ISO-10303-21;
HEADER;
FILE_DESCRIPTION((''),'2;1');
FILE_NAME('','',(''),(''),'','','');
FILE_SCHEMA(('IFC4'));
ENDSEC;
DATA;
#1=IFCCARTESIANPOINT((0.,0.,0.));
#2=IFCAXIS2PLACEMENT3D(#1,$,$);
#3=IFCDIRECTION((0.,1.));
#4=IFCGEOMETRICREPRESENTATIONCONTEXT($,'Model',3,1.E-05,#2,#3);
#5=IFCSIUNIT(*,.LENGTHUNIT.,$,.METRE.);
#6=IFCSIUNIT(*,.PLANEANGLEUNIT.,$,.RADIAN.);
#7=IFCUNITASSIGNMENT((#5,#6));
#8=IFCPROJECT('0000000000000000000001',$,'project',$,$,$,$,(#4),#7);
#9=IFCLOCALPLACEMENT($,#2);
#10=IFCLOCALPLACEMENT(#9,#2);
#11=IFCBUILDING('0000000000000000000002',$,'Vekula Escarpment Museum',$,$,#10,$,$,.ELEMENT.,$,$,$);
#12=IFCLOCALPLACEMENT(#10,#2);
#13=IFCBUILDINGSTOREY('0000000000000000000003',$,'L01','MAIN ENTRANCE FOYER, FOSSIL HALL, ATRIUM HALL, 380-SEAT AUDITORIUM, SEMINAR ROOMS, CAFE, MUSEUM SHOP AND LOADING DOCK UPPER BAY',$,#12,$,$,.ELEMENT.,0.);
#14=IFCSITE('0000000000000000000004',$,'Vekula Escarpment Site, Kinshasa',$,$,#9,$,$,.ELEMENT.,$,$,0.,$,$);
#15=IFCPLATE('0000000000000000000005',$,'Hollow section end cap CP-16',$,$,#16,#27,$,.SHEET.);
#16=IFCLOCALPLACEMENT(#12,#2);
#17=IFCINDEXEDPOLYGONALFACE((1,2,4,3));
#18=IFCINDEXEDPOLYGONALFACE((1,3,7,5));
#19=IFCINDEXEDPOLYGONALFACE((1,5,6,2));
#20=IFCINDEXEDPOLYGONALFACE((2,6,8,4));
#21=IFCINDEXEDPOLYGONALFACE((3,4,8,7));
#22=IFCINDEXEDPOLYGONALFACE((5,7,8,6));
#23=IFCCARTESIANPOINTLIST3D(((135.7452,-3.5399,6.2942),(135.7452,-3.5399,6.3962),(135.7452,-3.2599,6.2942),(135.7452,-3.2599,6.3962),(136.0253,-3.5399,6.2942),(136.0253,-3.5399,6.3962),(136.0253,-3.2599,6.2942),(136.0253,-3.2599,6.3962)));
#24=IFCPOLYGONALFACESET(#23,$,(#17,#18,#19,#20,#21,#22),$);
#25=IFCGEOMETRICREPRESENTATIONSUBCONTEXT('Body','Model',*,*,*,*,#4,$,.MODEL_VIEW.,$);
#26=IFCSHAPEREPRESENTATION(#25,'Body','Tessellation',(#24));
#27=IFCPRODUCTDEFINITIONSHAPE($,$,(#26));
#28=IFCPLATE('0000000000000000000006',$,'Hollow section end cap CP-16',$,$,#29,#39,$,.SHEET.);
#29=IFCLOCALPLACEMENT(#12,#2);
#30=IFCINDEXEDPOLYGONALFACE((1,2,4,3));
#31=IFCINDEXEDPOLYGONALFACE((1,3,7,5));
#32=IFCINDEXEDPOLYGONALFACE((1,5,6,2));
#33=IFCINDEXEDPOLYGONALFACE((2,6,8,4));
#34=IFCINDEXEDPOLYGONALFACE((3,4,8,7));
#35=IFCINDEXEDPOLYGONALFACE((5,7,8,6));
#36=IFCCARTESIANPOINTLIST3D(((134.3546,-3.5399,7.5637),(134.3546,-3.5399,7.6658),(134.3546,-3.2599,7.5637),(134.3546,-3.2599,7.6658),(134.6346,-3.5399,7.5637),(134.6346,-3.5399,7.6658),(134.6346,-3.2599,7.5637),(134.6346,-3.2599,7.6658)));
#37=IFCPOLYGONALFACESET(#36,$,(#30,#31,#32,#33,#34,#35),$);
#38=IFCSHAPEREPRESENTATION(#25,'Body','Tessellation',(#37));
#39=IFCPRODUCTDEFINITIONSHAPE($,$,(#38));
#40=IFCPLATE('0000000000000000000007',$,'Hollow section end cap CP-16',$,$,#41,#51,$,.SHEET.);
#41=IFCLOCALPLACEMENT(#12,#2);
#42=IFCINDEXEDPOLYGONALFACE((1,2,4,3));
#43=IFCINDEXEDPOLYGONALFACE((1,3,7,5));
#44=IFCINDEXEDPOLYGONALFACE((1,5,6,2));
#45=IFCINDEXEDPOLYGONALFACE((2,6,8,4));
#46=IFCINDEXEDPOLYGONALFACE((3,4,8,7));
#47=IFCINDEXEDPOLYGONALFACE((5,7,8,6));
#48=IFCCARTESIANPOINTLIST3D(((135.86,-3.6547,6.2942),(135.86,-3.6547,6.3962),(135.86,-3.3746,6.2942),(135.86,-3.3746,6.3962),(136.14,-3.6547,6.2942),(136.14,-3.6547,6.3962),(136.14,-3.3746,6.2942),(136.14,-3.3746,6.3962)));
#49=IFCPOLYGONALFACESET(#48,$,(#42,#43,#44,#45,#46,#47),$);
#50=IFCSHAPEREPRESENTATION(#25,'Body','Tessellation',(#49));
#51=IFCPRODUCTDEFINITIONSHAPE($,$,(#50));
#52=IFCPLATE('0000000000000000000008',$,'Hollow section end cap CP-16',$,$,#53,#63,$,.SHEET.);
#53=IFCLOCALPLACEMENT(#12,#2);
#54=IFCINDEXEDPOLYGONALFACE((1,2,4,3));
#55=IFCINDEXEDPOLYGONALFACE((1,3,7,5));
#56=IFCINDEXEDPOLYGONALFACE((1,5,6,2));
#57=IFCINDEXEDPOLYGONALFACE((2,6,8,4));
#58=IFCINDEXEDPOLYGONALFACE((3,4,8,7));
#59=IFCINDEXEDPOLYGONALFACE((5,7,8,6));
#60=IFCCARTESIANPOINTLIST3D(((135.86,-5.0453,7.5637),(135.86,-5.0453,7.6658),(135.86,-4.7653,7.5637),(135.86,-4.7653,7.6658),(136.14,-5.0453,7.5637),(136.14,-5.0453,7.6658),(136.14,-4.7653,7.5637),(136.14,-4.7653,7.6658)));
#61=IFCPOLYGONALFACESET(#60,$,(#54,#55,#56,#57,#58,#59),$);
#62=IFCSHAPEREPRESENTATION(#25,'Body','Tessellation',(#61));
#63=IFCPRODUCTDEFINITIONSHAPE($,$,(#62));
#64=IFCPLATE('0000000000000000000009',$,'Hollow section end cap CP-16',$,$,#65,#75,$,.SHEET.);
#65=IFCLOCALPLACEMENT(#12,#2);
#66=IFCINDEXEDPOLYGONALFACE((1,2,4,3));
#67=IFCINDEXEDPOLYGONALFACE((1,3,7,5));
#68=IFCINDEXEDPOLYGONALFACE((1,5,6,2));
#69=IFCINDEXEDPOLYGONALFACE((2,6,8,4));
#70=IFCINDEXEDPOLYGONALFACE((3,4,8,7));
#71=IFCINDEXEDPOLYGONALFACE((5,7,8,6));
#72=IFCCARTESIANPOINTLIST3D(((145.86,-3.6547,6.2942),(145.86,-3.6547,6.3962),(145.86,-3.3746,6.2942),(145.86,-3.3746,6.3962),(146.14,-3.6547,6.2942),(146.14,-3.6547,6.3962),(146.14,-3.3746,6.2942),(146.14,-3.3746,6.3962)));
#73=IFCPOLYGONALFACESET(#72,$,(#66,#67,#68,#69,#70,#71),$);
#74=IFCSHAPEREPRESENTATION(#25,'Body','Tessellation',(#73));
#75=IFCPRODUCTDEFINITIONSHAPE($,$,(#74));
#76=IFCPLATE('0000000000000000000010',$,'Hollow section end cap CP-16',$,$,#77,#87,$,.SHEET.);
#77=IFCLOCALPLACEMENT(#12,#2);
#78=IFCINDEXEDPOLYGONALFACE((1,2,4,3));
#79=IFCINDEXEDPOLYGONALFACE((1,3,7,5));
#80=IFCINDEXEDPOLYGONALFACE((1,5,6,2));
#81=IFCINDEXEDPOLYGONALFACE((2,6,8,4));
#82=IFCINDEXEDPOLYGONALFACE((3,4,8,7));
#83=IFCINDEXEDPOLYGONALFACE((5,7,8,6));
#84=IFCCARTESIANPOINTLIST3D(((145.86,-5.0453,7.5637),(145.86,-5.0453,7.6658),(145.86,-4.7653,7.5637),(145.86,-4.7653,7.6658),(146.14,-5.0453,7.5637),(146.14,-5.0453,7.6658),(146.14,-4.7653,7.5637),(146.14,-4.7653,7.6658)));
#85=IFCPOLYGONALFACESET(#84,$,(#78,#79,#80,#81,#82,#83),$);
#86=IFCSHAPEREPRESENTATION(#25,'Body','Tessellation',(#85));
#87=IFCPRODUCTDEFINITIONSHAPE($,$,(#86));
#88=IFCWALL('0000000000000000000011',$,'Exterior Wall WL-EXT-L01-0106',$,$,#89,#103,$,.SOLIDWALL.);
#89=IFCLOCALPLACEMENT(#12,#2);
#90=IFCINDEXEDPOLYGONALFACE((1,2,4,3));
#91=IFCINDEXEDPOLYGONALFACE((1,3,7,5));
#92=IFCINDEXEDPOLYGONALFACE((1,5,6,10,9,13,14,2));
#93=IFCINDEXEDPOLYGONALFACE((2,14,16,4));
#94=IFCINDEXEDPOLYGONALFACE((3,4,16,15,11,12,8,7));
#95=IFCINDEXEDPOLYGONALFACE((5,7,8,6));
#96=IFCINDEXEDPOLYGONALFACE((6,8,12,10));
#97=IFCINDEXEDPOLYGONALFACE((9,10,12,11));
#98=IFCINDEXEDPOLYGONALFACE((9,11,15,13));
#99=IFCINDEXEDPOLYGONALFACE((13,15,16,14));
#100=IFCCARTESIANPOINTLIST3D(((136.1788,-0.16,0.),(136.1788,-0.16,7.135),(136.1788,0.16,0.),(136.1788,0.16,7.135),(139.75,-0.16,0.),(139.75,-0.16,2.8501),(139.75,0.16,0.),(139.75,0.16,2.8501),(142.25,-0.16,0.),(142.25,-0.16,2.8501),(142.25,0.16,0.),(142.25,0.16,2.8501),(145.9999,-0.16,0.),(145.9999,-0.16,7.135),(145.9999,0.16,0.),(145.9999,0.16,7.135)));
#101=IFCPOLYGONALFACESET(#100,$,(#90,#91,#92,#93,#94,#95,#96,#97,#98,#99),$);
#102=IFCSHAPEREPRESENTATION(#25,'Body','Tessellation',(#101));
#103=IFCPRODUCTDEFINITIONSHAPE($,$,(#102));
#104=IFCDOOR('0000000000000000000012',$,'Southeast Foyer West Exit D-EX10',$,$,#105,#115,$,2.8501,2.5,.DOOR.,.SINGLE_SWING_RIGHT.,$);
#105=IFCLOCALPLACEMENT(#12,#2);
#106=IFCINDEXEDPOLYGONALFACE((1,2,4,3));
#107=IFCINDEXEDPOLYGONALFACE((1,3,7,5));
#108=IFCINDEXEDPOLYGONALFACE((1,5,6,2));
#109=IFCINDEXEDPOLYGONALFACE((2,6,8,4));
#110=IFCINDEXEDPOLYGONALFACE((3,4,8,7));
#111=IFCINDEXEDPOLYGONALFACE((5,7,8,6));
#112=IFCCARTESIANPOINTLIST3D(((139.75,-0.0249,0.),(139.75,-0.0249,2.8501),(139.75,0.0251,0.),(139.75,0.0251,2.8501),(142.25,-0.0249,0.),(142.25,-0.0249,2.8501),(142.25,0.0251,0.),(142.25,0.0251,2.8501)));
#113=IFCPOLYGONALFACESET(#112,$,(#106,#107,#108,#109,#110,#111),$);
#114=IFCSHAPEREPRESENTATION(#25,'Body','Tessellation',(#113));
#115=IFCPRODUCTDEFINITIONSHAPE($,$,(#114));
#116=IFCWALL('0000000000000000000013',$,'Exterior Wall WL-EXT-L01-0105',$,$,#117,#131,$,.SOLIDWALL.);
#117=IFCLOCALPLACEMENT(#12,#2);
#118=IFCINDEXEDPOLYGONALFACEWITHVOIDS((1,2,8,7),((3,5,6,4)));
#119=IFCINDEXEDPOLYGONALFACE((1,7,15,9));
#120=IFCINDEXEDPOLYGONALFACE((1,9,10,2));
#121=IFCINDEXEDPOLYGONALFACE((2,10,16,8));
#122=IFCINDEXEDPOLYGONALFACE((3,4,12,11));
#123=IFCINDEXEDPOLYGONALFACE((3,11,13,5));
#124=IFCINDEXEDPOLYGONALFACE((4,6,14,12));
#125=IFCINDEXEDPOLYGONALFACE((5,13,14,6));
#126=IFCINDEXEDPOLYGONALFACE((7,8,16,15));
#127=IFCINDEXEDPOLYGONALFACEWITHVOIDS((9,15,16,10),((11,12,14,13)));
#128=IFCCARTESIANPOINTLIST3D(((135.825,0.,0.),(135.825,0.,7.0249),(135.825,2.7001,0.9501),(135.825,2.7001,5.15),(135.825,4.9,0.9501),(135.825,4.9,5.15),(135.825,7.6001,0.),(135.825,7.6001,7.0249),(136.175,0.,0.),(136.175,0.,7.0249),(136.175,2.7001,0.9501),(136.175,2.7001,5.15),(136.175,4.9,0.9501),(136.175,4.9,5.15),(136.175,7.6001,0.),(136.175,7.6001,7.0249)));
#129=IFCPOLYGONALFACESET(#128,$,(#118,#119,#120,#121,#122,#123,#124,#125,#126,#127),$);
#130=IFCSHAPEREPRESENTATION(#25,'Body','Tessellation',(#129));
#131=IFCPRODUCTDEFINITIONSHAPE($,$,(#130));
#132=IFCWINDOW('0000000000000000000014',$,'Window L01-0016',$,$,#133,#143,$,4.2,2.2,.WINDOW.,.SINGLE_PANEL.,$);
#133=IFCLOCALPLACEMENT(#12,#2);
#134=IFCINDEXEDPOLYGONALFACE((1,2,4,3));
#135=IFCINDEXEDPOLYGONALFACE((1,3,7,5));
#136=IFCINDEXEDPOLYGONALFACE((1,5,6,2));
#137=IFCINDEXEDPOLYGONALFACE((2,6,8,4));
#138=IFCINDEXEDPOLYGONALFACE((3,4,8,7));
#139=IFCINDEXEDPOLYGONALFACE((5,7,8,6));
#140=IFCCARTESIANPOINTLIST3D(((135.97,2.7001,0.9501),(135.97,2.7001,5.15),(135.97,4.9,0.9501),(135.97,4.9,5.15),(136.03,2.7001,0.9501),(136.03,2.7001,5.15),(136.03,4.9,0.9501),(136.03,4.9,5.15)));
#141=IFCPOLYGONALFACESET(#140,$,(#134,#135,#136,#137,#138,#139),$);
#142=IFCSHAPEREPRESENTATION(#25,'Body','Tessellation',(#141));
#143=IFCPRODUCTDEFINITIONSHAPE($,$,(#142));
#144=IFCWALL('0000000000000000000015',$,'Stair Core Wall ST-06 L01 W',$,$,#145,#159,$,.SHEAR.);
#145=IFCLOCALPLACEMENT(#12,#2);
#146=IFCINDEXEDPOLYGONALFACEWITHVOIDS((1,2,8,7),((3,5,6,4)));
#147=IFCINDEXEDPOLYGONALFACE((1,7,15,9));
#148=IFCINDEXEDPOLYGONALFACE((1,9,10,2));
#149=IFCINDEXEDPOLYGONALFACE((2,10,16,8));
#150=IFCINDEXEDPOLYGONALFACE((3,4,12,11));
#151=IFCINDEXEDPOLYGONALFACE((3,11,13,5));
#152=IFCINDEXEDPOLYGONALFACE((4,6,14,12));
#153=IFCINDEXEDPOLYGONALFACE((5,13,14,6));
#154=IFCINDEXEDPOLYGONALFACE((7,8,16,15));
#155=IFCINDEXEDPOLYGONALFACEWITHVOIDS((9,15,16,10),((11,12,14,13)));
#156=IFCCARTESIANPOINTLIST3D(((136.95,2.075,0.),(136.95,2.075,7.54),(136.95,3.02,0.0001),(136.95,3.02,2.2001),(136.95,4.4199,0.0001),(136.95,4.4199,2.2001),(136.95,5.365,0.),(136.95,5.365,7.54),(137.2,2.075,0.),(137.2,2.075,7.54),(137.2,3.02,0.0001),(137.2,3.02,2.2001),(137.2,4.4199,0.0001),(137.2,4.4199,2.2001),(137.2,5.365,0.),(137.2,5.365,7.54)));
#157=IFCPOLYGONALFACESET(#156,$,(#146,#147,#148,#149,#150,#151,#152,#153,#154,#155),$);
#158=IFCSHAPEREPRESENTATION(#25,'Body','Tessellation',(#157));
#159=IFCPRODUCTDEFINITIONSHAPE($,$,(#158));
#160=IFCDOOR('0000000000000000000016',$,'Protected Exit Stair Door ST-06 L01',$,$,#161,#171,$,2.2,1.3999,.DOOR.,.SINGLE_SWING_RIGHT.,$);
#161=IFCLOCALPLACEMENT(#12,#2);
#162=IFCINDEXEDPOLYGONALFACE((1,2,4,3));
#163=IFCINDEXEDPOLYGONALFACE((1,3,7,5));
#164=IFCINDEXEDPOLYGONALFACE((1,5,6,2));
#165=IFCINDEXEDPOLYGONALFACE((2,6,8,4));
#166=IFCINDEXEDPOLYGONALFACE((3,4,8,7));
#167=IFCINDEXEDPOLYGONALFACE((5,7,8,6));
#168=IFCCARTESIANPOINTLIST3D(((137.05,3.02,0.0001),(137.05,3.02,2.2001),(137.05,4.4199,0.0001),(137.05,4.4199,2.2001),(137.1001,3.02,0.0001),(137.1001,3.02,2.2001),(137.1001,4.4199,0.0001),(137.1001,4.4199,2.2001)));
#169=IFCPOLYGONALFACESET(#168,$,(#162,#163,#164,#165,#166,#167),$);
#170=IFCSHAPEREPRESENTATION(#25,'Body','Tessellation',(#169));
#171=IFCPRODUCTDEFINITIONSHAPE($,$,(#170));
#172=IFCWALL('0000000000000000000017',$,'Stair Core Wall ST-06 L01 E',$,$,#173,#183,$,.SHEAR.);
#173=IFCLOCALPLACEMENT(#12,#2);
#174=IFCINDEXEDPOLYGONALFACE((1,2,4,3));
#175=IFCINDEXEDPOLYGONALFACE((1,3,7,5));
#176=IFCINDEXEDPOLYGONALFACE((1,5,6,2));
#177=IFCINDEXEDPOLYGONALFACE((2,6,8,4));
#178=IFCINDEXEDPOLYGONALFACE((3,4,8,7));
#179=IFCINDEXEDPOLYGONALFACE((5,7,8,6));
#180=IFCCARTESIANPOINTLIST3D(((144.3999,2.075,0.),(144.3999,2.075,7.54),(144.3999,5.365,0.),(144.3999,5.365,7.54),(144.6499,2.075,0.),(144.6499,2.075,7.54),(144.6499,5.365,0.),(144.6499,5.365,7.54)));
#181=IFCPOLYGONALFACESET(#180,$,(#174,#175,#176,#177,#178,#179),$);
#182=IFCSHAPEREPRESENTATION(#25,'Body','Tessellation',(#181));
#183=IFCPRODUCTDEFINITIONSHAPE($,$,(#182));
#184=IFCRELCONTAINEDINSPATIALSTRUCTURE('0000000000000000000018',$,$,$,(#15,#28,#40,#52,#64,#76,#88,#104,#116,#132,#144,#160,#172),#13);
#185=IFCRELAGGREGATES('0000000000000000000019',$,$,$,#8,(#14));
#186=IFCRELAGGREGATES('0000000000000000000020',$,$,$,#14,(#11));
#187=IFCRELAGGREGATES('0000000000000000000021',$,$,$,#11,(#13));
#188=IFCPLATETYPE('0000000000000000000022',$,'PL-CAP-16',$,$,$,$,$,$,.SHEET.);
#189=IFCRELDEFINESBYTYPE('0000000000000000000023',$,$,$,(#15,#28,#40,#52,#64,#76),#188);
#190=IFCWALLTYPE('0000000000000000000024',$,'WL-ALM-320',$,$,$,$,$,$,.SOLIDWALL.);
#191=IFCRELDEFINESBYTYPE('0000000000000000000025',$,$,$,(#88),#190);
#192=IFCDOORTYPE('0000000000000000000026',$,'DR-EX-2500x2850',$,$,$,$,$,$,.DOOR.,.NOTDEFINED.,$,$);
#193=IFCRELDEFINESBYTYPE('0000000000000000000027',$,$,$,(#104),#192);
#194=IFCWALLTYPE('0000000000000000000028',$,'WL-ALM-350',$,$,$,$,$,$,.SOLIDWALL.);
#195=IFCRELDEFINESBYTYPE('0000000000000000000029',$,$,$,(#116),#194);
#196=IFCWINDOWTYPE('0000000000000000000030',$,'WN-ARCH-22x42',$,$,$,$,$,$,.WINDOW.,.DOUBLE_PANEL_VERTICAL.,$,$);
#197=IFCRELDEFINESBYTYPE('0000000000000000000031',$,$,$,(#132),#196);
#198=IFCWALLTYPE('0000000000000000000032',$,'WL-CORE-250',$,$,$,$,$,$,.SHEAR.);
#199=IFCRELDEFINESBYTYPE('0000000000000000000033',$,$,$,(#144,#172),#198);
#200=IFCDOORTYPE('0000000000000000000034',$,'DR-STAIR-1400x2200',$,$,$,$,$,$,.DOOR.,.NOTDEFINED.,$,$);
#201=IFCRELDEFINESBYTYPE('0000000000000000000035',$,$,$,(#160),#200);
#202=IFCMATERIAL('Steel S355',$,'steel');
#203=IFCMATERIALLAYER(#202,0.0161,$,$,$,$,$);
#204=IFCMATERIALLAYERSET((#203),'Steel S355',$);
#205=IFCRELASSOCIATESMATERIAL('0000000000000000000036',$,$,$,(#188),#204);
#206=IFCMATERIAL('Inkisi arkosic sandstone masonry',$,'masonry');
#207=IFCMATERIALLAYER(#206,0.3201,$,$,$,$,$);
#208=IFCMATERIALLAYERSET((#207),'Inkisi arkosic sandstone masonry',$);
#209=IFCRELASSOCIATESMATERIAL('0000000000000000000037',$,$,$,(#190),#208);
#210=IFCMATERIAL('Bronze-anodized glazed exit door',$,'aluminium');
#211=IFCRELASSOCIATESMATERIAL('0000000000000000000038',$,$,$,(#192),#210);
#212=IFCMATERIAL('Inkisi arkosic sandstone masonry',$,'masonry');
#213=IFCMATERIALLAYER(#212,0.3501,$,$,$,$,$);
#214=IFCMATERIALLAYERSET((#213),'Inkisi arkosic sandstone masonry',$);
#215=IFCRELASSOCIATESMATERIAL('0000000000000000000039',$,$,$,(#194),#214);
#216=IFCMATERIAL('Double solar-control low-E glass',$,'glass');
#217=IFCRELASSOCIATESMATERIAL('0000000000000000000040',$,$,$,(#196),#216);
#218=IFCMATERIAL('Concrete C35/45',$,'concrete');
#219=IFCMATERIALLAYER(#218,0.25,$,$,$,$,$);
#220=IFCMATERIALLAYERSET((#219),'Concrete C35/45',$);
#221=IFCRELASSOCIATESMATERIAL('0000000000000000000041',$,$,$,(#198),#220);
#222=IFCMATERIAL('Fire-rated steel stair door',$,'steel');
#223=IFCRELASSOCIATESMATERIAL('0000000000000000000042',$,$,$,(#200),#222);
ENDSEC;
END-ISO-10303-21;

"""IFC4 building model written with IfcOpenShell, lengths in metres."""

from ifc_helpers import new_model, si_unit, direction, frame, frame_2d, origin, origin_2d, place, context, subcontext, project, spatial, rectangle, extrude, material, layer, layer_set, type_object, element, fill, save


model = new_model("IFC4")

# Units and contexts
model_context = context("Model", 3, precision=1e-05, world=origin(), true_north=direction((0.0, 1.0)))
body_context = subcontext(model_context, "Body", "Model", "MODEL_VIEW")
ifc_project = project(units=[si_unit("LENGTHUNIT", "METRE"), si_unit("PLANEANGLEUNIT", "RADIAN")], contexts=[model_context])

# Site, building, storey
site_placement = place(None, origin())
site = spatial("IfcSite", under=ifc_project, at=site_placement, Name="Vekula Escarpment Site, Kinshasa", CompositionType="ELEMENT", RefElevation=0.0)
building_placement = place(site_placement, origin())
building = spatial("IfcBuilding", under=site, at=building_placement, Name="Vekula Escarpment Museum", CompositionType="ELEMENT")
storey_placement = place(building_placement, origin())
storey = spatial("IfcBuildingStorey", under=building, at=storey_placement, Name="L01", Description="MAIN ENTRANCE FOYER, FOSSIL HALL, ATRIUM HALL, 380-SEAT AUDITORIUM, SEMINAR ROOMS, CAFE, MUSEUM SHOP AND LOADING DOCK UPPER BAY", CompositionType="ELEMENT", Elevation=0.0)

# Plates
ifc_material_1 = material(Name="Steel S355", Category="steel")
ifc_layer_1 = layer(ifc_material_1, 0.0161)
ifc_layer_set_1 = layer_set([ifc_layer_1], Name="Steel S355")
plate_type = type_object("IfcPlateType", Name="PL-CAP-16", PredefinedType="SHEET", material=ifc_layer_set_1)
for number, where, z_axis, x_axis, name in (
    (1, (135.8853, -3.3999, 6.2942), (0.0, 0.0, 1.0), (1.0, 0.0, 0.0), "Hollow section end cap CP-16"),
    (2, (134.4946, -3.3999, 7.5637), (0.0, 0.0, 1.0), (1.0, 0.0, 0.0), "Hollow section end cap CP-16"),
    (3, (136.0, -3.5146, 6.2942), (0.0, 0.0, 1.0), (1.0, 0.0, 0.0), "Hollow section end cap CP-16"),
    (4, (136.0, -4.9053, 7.5637), (0.0, 0.0, 1.0), (1.0, 0.0, 0.0), "Hollow section end cap CP-16"),
    (5, (146.0, -3.5146, 6.2942), (0.0, 0.0, 1.0), (1.0, 0.0, 0.0), "Hollow section end cap CP-16"),
    (6, (146.0, -4.9053, 7.5637), (0.0, 0.0, 1.0), (1.0, 0.0, 0.0), "Hollow section end cap CP-16"),
):
    element("IfcPlate", number, at=place(storey_placement, frame(where, z_axis=z_axis, x_axis=x_axis)), inside=storey, type_object=plate_type, Name=name, PredefinedType="SHEET", context=body_context, shape_type="SweptSolid", body=[
        extrude(rectangle(XDim=0.28, YDim=0.28, at=origin_2d()), origin(), (0.0, 0.0, 1.0), 0.1021),
    ])

# Wall, opening, door
ifc_material_2 = material(Name="Inkisi arkosic sandstone masonry", Category="masonry")
ifc_layer_2 = layer(ifc_material_2, 0.3201)
ifc_layer_set_2 = layer_set([ifc_layer_2], Name="Inkisi arkosic sandstone masonry")
wall_type_1 = type_object("IfcWallType", Name="WL-ALM-320", PredefinedType="SOLIDWALL", material=ifc_layer_set_2)
wall_1_placement = place(storey_placement, frame((146.0, 0.0, 0.0), z_axis=(0.0, 0.0, 1.0), x_axis=(-1.0, 0.0, 0.0)))
wall_1 = element("IfcWall", 7, at=wall_1_placement, inside=storey, type_object=wall_type_1, Name="Exterior Wall WL-EXT-L01-0106", PredefinedType="SOLIDWALL", context=body_context, shape_type="SweptSolid", body=[
    extrude(rectangle(XDim=9.821, YDim=0.3201, at=frame_2d((4.9106, 0.0))), origin(), (0.0, 0.0, 1.0), 7.135),
])
opening_1_placement = place(wall_1_placement, frame((3.75, 0.0, 0.0)))
opening_1 = element("IfcOpeningElement", 8, at=opening_1_placement, cuts=wall_1, PredefinedType="OPENING", context=body_context, shape_type="SweptSolid", body=[
    extrude(rectangle(XDim=2.5, YDim=2.8501, at=frame_2d((1.25, 1.425))), frame((0.0, 0.1699, 0.0), z_axis=(0.0, -1.0, 0.0), x_axis=(1.0, 0.0, 0.0)), (0.0, 0.0, 1.0), 0.3401),
])
ifc_material_3 = material(Name="Bronze-anodized glazed exit door", Category="aluminium")
door_type_1 = type_object("IfcDoorType", Name="DR-EX-2500x2850", OperationType="NOTDEFINED", PredefinedType="DOOR", material=ifc_material_3)
door_1_placement = place(opening_1_placement, origin())
door_1 = element("IfcDoor", 9, at=door_1_placement, inside=storey, type_object=door_type_1, Name="Southeast Foyer West Exit D-EX10", OperationType="SINGLE_SWING_RIGHT", OverallHeight=2.8501, OverallWidth=2.5, PredefinedType="DOOR", context=body_context, shape_type="SweptSolid", body=[
    extrude(rectangle(XDim=2.5, YDim=2.8501, at=frame_2d((1.25, 1.425))), frame((0.0, 0.0249, 0.0), z_axis=(0.0, -1.0, 0.0), x_axis=(1.0, 0.0, 0.0)), (0.0, 0.0, 1.0), 0.05),
])
fill(opening_1, door_1)

# Wall, opening, window
ifc_material_4 = material(Name="Inkisi arkosic sandstone masonry", Category="masonry")
ifc_layer_3 = layer(ifc_material_4, 0.3501)
ifc_layer_set_3 = layer_set([ifc_layer_3], Name="Inkisi arkosic sandstone masonry")
wall_type_2 = type_object("IfcWallType", Name="WL-ALM-350", PredefinedType="SOLIDWALL", material=ifc_layer_set_3)
wall_2_placement = place(storey_placement, frame((136.0, 0.0, 0.0), z_axis=(0.0, 0.0, 1.0), x_axis=(0.0, 1.0, 0.0)))
wall_2 = element("IfcWall", 10, at=wall_2_placement, inside=storey, type_object=wall_type_2, Name="Exterior Wall WL-EXT-L01-0105", PredefinedType="SOLIDWALL", context=body_context, shape_type="SweptSolid", body=[
    extrude(rectangle(XDim=7.6001, YDim=0.3501, at=frame_2d((3.8, 0.0))), origin(), (0.0, 0.0, 1.0), 7.0249),
])
opening_2_placement = place(wall_2_placement, frame((2.7, 0.0, 0.95)))
opening_2 = element("IfcOpeningElement", 11, at=opening_2_placement, cuts=wall_2, PredefinedType="OPENING", context=body_context, shape_type="SweptSolid", body=[
    extrude(rectangle(XDim=2.2, YDim=4.2, at=frame_2d((1.1001, 2.1001))), frame((0.0, 0.1851, 0.0), z_axis=(0.0, -1.0, 0.0), x_axis=(1.0, 0.0, 0.0)), (0.0, 0.0, 1.0), 0.3701),
])
ifc_material_5 = material(Name="Double solar-control low-E glass", Category="glass")
window_type = type_object("IfcWindowType", Name="WN-ARCH-22x42", PartitioningType="DOUBLE_PANEL_VERTICAL", PredefinedType="WINDOW", material=ifc_material_5)
window_placement = place(opening_2_placement, origin())
window = element("IfcWindow", 12, at=window_placement, inside=storey, type_object=window_type, Name="Window L01-0016", OverallHeight=4.2, OverallWidth=2.2, PartitioningType="SINGLE_PANEL", PredefinedType="WINDOW", context=body_context, shape_type="SweptSolid", body=[
    extrude(rectangle(XDim=2.2, YDim=4.2, at=frame_2d((1.1001, 2.1001))), frame((0.0, 0.03, 0.0), z_axis=(0.0, -1.0, 0.0), x_axis=(1.0, 0.0, 0.0)), (0.0, 0.0, 1.0), 0.0601),
])
fill(opening_2, window)

# Wall, opening, door
ifc_material_6 = material(Name="Concrete C35/45", Category="concrete")
ifc_layer_4 = layer(ifc_material_6, 0.25)
ifc_layer_set_4 = layer_set([ifc_layer_4], Name="Concrete C35/45")
wall_type_3 = type_object("IfcWallType", Name="WL-CORE-250", PredefinedType="SHEAR", material=ifc_layer_set_4)
wall_3_placement = place(storey_placement, frame((137.075, 2.075, 0.0), z_axis=(0.0, 0.0, 1.0), x_axis=(0.0, 1.0, 0.0)))
wall_3 = element("IfcWall", 13, at=wall_3_placement, inside=storey, type_object=wall_type_3, Name="Stair Core Wall ST-06 L01 W", PredefinedType="SHEAR", context=body_context, shape_type="SweptSolid", body=[
    extrude(rectangle(XDim=3.29, YDim=0.25, at=frame_2d((1.645, 0.0))), origin(), (0.0, 0.0, 1.0), 7.54),
])
opening_3_placement = place(wall_3_placement, frame((0.9451, 0.0, 0.0)))
opening_3 = element("IfcOpeningElement", 14, at=opening_3_placement, cuts=wall_3, PredefinedType="OPENING", context=body_context, shape_type="SweptSolid", body=[
    extrude(rectangle(XDim=1.3999, YDim=2.2, at=frame_2d((0.7, 1.1001))), frame((0.0, 0.135, 0.0), z_axis=(0.0, -1.0, 0.0), x_axis=(1.0, 0.0, 0.0)), (0.0, 0.0, 1.0), 0.27),
])
ifc_material_7 = material(Name="Fire-rated steel stair door", Category="steel")
door_type_2 = type_object("IfcDoorType", Name="DR-STAIR-1400x2200", OperationType="NOTDEFINED", PredefinedType="DOOR", material=ifc_material_7)
door_2_placement = place(opening_3_placement, origin())
door_2 = element("IfcDoor", 15, at=door_2_placement, inside=storey, type_object=door_type_2, Name="Protected Exit Stair Door ST-06 L01", OperationType="SINGLE_SWING_RIGHT", OverallHeight=2.2, OverallWidth=1.3999, PredefinedType="DOOR", context=body_context, shape_type="SweptSolid", body=[
    extrude(rectangle(XDim=1.3999, YDim=2.2, at=frame_2d((0.7, 1.1001))), frame((0.0, 0.0249, 0.0), z_axis=(0.0, -1.0, 0.0), x_axis=(1.0, 0.0, 0.0)), (0.0, 0.0, 1.0), 0.05),
])
fill(opening_3, door_2)

# Wall
wall_4_placement = place(storey_placement, frame((144.5249, 2.075, 0.0), z_axis=(0.0, 0.0, 1.0), x_axis=(0.0, 1.0, 0.0)))
element("IfcWall", 16, at=wall_4_placement, inside=storey, type_object=wall_type_3, Name="Stair Core Wall ST-06 L01 E", PredefinedType="SHEAR", context=body_context, shape_type="SweptSolid", body=[
    extrude(rectangle(XDim=3.29, YDim=0.25, at=frame_2d((1.645, 0.0))), origin(), (0.0, 0.0, 1.0), 7.54),
])

save(model, "model.ifc")
